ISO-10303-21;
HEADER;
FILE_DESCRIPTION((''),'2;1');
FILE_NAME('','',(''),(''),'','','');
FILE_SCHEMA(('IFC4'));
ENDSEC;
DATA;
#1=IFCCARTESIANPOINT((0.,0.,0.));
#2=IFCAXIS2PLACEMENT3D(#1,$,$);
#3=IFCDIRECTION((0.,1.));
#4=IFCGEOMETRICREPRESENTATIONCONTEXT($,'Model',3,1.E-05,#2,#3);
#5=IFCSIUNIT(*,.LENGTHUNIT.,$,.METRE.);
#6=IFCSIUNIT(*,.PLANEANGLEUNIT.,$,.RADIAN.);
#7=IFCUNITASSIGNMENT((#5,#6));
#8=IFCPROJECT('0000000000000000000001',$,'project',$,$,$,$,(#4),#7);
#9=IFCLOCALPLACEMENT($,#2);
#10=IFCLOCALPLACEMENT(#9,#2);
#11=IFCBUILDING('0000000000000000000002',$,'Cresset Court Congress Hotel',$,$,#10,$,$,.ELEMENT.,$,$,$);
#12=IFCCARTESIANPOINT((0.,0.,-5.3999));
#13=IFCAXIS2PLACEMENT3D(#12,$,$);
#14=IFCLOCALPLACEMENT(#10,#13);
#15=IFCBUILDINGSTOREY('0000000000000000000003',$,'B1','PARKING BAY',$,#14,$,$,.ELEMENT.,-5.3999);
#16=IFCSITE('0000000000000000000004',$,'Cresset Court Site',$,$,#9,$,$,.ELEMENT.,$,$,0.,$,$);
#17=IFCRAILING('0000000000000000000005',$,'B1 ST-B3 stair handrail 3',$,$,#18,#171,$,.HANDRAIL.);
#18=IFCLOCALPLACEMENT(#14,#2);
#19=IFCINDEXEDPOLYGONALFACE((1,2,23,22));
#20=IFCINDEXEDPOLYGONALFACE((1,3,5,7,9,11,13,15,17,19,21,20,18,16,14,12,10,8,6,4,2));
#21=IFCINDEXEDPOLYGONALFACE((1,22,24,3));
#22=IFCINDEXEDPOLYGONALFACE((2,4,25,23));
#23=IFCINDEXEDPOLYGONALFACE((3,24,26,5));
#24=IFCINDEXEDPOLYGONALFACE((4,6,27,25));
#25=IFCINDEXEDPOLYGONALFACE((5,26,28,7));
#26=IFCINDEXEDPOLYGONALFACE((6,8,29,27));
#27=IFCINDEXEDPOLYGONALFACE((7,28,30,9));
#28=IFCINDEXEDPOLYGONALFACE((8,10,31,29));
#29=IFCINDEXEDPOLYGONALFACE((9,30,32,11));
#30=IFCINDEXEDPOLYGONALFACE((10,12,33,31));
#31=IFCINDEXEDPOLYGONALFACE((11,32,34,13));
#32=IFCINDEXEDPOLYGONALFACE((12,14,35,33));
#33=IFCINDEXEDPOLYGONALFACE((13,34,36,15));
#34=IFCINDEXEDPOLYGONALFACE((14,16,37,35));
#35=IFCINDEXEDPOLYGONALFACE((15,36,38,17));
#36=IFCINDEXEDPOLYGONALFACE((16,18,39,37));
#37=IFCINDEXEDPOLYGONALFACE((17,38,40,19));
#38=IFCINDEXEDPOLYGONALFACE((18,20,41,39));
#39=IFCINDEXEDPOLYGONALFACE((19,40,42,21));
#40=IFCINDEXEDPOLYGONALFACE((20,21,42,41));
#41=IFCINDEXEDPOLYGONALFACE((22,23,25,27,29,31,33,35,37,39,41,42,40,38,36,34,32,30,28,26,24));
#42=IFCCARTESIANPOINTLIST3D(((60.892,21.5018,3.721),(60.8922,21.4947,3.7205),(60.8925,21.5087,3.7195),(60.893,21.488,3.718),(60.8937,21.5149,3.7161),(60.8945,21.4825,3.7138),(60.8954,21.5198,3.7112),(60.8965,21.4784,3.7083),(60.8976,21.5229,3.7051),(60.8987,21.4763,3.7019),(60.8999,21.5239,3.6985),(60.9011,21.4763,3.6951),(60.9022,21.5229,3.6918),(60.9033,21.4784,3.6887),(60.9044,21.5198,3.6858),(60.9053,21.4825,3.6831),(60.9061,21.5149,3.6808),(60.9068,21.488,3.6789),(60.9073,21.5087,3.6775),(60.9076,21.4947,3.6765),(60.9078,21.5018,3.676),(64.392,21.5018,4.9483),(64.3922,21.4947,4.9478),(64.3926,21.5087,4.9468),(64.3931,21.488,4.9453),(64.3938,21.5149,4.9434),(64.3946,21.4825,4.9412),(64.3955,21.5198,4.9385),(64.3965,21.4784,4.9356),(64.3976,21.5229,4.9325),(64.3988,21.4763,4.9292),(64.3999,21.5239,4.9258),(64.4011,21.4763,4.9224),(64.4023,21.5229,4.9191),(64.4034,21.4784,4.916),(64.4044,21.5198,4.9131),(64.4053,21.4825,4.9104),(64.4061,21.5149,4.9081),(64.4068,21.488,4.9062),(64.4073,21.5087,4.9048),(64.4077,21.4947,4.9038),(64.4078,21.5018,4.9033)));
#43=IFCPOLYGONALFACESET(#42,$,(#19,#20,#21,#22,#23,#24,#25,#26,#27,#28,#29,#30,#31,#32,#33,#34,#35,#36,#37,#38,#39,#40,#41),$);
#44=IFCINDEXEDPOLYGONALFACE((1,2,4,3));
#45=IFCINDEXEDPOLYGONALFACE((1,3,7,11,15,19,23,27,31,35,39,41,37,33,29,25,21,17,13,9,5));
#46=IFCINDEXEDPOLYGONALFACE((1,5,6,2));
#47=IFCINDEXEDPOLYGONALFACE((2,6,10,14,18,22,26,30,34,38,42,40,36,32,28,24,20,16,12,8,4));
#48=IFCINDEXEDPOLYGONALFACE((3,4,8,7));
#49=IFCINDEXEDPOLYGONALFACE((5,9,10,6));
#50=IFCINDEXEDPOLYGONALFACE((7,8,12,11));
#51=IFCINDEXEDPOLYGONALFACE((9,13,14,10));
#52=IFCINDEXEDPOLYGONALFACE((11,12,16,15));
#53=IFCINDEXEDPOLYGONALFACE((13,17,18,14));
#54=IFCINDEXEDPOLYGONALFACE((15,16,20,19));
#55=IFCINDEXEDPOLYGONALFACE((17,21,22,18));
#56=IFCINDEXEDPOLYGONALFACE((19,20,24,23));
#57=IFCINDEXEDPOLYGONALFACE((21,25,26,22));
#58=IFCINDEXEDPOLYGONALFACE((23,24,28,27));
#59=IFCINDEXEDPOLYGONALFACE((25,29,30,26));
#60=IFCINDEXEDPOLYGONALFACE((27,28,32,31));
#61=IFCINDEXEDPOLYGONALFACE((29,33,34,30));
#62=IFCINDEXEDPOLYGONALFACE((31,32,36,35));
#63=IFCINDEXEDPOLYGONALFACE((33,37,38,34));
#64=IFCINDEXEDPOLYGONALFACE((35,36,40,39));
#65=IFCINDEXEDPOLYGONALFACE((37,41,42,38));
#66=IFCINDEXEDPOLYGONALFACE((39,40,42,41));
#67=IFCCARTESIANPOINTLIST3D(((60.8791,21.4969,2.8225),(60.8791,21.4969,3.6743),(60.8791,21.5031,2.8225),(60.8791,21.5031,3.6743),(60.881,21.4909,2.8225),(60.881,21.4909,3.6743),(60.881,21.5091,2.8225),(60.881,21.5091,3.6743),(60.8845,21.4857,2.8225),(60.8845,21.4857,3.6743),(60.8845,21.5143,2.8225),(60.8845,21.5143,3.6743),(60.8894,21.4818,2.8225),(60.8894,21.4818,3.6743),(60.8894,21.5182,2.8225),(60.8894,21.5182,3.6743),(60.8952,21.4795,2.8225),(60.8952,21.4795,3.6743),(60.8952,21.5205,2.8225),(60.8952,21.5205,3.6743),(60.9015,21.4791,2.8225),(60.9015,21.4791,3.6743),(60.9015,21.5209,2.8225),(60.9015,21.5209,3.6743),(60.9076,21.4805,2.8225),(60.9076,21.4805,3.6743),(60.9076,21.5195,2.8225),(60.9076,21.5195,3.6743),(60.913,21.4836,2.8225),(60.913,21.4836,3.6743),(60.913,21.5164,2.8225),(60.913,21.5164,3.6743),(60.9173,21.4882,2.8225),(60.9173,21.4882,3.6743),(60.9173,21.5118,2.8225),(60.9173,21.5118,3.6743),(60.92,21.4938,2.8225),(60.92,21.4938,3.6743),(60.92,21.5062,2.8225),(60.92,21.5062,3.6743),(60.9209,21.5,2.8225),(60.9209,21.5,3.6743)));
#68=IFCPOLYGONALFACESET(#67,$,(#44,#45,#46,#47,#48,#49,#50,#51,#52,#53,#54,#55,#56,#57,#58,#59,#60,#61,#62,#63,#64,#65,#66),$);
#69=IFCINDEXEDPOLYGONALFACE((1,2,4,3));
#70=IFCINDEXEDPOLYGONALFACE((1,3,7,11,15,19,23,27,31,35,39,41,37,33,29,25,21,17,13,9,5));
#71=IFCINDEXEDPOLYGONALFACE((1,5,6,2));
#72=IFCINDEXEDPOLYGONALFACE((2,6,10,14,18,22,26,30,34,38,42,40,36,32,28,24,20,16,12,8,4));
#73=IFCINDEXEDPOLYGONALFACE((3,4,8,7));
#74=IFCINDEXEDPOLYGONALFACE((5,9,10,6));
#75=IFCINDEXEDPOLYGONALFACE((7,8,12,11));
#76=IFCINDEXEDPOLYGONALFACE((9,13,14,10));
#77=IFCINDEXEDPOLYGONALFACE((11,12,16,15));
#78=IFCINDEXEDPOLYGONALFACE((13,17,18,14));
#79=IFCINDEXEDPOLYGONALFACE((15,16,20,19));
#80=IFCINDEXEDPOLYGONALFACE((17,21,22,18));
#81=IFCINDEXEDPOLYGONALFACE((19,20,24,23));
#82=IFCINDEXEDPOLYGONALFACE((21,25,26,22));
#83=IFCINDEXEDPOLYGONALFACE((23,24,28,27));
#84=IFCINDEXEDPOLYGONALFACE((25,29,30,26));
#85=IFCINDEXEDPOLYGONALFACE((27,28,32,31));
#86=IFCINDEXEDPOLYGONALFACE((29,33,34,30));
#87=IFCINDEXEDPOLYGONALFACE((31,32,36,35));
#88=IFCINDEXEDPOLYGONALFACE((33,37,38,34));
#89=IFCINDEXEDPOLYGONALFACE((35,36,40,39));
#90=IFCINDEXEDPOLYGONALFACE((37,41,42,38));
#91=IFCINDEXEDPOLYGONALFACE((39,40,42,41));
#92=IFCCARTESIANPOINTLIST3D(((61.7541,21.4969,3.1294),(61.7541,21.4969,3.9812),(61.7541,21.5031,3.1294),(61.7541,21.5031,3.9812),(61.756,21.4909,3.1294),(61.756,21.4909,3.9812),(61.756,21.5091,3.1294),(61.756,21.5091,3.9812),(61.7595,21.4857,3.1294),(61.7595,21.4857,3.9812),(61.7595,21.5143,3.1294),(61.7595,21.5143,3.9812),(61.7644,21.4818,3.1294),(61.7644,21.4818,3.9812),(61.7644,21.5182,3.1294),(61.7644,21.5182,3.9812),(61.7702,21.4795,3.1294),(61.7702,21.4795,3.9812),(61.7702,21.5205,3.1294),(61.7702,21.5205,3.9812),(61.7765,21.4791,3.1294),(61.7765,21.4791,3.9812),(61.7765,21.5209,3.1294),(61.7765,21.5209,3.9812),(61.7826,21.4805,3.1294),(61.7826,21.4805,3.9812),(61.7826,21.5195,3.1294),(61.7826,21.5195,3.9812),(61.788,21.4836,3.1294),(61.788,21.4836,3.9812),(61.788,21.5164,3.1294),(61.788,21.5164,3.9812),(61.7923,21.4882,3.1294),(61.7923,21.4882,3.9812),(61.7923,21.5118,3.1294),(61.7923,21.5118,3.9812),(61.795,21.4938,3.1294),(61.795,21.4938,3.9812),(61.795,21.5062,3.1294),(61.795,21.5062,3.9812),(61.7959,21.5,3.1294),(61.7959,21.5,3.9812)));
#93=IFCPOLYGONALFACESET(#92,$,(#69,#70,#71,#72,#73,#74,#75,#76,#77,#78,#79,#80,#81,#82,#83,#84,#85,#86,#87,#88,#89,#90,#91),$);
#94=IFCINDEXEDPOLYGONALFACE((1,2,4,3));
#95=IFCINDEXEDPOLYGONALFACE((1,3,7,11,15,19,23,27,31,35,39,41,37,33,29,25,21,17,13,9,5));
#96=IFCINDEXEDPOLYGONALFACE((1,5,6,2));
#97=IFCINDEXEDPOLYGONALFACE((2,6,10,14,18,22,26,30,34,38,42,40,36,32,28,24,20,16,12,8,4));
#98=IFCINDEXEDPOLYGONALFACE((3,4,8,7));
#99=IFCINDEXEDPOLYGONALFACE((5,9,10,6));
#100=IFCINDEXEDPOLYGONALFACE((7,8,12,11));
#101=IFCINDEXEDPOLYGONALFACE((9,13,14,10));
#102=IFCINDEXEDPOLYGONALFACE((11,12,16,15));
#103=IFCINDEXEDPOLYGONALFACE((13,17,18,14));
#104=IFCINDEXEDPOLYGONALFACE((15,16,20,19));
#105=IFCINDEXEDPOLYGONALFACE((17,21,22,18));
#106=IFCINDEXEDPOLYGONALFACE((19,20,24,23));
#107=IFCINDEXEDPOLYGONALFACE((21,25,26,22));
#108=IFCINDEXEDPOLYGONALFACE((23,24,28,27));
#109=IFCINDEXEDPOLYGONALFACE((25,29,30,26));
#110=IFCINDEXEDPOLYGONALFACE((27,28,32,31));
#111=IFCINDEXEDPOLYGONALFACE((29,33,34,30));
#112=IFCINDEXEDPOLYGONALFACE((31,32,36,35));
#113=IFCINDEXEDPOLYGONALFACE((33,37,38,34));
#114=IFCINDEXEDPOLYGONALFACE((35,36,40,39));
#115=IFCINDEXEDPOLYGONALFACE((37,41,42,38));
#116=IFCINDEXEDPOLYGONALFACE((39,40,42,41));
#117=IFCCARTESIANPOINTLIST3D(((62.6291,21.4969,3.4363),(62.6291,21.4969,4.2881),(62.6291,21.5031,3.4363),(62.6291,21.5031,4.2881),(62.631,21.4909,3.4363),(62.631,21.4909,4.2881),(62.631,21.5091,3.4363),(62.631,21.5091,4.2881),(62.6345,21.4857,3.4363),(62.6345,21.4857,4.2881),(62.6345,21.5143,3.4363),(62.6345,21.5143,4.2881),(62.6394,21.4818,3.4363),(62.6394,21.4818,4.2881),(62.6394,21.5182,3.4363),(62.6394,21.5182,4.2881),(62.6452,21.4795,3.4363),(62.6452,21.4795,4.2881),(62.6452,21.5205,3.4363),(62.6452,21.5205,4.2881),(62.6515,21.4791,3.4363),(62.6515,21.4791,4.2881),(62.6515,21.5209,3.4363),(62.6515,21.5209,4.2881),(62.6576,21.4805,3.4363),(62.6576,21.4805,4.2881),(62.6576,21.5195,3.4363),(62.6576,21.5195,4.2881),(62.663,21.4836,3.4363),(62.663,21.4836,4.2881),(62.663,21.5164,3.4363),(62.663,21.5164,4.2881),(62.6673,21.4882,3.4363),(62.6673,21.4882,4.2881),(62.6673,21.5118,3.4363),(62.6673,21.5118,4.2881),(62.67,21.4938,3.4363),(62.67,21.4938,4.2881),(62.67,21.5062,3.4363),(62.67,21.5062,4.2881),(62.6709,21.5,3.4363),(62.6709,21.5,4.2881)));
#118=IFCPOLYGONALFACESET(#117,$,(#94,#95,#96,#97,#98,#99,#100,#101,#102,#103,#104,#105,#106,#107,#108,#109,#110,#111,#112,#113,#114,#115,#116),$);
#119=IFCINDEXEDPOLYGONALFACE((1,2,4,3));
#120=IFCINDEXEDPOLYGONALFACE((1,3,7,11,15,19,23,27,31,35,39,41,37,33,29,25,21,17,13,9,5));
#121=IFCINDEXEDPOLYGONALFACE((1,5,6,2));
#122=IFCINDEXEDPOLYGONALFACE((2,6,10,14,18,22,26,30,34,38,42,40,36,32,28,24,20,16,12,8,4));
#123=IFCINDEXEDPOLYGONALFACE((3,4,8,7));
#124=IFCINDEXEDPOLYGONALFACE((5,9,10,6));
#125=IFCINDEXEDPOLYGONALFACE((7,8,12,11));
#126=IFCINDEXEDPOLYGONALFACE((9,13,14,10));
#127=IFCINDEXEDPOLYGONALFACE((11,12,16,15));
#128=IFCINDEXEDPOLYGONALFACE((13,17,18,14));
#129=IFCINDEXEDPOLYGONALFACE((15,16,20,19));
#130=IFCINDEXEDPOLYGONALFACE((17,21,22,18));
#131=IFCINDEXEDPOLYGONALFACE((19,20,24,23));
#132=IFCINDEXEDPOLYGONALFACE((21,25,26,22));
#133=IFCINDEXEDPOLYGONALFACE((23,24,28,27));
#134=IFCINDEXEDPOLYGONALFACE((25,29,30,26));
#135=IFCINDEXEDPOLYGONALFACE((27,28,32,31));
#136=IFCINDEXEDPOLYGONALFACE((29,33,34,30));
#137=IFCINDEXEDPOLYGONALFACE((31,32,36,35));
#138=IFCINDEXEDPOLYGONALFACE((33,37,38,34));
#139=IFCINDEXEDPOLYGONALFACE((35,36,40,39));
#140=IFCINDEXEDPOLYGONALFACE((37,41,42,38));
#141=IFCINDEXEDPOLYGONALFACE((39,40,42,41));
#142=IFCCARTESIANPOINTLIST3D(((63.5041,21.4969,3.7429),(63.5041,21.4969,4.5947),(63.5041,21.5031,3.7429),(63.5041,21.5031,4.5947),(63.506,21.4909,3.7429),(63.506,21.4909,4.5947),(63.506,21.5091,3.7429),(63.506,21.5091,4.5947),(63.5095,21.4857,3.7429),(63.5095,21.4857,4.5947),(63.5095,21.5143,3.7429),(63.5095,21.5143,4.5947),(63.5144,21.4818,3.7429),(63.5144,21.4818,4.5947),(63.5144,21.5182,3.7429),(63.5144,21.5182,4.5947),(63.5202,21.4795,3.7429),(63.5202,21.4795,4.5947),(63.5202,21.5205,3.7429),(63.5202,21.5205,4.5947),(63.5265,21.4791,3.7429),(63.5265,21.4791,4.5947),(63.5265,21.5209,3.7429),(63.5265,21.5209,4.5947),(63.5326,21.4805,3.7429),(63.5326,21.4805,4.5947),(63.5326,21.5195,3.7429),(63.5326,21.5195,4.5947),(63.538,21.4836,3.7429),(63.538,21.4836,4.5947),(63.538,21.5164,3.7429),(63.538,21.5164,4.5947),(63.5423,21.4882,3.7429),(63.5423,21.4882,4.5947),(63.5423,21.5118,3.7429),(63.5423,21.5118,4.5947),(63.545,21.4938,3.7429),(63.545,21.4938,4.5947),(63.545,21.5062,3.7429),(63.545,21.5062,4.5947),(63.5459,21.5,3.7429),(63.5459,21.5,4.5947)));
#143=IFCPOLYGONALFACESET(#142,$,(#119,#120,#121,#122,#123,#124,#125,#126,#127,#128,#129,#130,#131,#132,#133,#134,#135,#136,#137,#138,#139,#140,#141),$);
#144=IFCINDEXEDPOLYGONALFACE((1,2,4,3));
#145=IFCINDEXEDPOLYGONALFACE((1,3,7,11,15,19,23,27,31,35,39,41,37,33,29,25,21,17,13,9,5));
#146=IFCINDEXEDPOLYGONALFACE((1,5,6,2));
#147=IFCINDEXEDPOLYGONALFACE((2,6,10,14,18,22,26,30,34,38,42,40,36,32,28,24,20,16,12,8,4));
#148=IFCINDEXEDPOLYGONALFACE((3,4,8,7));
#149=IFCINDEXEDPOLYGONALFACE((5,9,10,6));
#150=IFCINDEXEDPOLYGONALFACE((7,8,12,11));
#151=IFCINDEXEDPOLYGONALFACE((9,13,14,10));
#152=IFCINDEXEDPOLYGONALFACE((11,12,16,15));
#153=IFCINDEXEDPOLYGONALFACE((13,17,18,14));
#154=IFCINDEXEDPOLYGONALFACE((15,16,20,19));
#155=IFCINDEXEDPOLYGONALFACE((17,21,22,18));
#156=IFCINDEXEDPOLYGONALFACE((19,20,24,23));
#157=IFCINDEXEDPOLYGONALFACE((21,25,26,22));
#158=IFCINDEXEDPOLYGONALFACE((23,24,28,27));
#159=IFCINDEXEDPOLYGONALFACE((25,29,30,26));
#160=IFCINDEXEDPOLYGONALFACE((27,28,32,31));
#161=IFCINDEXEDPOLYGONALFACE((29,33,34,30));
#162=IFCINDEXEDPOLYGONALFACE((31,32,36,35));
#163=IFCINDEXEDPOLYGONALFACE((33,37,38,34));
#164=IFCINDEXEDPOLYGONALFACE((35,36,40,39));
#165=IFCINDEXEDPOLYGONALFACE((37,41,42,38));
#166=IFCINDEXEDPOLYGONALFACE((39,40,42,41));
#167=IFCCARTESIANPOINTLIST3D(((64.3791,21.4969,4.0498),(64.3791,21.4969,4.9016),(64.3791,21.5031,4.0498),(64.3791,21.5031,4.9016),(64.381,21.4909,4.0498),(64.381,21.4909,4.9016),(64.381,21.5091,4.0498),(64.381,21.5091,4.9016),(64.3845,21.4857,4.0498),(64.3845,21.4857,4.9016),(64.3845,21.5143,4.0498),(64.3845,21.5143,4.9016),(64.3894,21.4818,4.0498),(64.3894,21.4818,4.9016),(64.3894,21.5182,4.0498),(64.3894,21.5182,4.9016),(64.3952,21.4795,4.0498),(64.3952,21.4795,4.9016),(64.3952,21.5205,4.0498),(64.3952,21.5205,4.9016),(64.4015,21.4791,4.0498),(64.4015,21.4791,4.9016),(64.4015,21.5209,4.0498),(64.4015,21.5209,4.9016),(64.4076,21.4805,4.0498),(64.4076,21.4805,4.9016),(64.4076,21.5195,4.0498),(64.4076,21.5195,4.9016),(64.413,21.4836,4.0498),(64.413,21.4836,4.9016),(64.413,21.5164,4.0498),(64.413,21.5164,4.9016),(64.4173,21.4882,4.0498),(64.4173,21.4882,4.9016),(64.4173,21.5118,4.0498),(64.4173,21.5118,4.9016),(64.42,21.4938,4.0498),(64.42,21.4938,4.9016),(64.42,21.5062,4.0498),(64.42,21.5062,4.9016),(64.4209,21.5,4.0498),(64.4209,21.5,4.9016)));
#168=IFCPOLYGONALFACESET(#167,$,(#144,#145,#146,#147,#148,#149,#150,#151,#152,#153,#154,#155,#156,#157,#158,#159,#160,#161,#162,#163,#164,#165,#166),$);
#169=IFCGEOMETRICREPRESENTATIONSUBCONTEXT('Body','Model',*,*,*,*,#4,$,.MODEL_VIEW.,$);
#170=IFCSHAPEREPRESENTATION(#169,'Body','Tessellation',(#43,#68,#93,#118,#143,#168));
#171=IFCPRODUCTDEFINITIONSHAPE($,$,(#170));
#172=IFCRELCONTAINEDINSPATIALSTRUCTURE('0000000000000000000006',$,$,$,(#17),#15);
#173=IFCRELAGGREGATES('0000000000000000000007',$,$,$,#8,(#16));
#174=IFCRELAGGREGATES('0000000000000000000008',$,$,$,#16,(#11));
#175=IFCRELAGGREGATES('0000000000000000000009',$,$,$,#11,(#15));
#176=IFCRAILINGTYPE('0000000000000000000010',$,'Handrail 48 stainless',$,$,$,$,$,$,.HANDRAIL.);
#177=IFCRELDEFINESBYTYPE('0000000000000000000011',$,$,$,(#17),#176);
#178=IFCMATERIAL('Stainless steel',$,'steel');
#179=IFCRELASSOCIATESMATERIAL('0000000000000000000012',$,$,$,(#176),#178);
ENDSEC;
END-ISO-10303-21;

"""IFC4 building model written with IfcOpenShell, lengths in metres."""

from ifc_helpers import new_model, si_unit, direction, frame, origin, origin_2d, place, context, subcontext, project, spatial, circle, extrude, material, type_object, element, save


model = new_model("IFC4")

# Units and contexts
model_context = context("Model", 3, precision=1e-05, world=origin(), true_north=direction((0.0, 1.0)))
body_context = subcontext(model_context, "Body", "Model", "MODEL_VIEW")
ifc_project = project(units=[si_unit("LENGTHUNIT", "METRE"), si_unit("PLANEANGLEUNIT", "RADIAN")], contexts=[model_context])

# Site, building, storey
site_placement = place(None, origin())
site = spatial("IfcSite", under=ifc_project, at=site_placement, Name="Cresset Court Site", CompositionType="ELEMENT", RefElevation=0.0)
building_placement = place(site_placement, origin())
building = spatial("IfcBuilding", under=site, at=building_placement, Name="Cresset Court Congress Hotel", CompositionType="ELEMENT")
storey_placement = place(building_placement, frame((0.0, 0.0, -5.3999)))
storey = spatial("IfcBuildingStorey", under=building, at=storey_placement, Name="B1", Description="PARKING BAY", CompositionType="ELEMENT", Elevation=-5.3999)

# Railing
ifc_material_1 = material(Name="Stainless steel", Category="steel")
railing_type_1 = type_object("IfcRailingType", Name="Handrail 48 stainless", PredefinedType="HANDRAIL", material=ifc_material_1)
railing_1_placement = place(storey_placement, frame((60.8999, 21.5, 2.8225)))
element("IfcRailing", 1, at=railing_1_placement, inside=storey, type_object=railing_type_1, Name="B1 ST-B3 stair handrail 3", PredefinedType="HANDRAIL", context=body_context, shape_type="SweptSolid", body=[
    extrude(circle(Radius=0.0239, at=origin_2d()), frame((0.0, 0.0, 0.876), z_axis=(0.943665, 0.0, 0.330902), x_axis=(0.0, 1.0, 0.0)), (0.0, 0.0, 1.0), 3.709),
    extrude(circle(Radius=0.021, at=origin_2d()), origin(), (0.0, 0.0, 1.0), 0.8518),
    extrude(circle(Radius=0.021, at=origin_2d()), frame((0.875, 0.0, 0.3069)), (0.0, 0.0, 1.0), 0.8518),
    extrude(circle(Radius=0.021, at=origin_2d()), frame((1.75, 0.0, 0.6138)), (0.0, 0.0, 1.0), 0.8518),
    extrude(circle(Radius=0.021, at=origin_2d()), frame((2.625, 0.0, 0.9204)), (0.0, 0.0, 1.0), 0.8518),
    extrude(circle(Radius=0.021, at=origin_2d()), frame((3.5, 0.0, 1.2273)), (0.0, 0.0, 1.0), 0.8518),
])

save(model, "model.ifc")
